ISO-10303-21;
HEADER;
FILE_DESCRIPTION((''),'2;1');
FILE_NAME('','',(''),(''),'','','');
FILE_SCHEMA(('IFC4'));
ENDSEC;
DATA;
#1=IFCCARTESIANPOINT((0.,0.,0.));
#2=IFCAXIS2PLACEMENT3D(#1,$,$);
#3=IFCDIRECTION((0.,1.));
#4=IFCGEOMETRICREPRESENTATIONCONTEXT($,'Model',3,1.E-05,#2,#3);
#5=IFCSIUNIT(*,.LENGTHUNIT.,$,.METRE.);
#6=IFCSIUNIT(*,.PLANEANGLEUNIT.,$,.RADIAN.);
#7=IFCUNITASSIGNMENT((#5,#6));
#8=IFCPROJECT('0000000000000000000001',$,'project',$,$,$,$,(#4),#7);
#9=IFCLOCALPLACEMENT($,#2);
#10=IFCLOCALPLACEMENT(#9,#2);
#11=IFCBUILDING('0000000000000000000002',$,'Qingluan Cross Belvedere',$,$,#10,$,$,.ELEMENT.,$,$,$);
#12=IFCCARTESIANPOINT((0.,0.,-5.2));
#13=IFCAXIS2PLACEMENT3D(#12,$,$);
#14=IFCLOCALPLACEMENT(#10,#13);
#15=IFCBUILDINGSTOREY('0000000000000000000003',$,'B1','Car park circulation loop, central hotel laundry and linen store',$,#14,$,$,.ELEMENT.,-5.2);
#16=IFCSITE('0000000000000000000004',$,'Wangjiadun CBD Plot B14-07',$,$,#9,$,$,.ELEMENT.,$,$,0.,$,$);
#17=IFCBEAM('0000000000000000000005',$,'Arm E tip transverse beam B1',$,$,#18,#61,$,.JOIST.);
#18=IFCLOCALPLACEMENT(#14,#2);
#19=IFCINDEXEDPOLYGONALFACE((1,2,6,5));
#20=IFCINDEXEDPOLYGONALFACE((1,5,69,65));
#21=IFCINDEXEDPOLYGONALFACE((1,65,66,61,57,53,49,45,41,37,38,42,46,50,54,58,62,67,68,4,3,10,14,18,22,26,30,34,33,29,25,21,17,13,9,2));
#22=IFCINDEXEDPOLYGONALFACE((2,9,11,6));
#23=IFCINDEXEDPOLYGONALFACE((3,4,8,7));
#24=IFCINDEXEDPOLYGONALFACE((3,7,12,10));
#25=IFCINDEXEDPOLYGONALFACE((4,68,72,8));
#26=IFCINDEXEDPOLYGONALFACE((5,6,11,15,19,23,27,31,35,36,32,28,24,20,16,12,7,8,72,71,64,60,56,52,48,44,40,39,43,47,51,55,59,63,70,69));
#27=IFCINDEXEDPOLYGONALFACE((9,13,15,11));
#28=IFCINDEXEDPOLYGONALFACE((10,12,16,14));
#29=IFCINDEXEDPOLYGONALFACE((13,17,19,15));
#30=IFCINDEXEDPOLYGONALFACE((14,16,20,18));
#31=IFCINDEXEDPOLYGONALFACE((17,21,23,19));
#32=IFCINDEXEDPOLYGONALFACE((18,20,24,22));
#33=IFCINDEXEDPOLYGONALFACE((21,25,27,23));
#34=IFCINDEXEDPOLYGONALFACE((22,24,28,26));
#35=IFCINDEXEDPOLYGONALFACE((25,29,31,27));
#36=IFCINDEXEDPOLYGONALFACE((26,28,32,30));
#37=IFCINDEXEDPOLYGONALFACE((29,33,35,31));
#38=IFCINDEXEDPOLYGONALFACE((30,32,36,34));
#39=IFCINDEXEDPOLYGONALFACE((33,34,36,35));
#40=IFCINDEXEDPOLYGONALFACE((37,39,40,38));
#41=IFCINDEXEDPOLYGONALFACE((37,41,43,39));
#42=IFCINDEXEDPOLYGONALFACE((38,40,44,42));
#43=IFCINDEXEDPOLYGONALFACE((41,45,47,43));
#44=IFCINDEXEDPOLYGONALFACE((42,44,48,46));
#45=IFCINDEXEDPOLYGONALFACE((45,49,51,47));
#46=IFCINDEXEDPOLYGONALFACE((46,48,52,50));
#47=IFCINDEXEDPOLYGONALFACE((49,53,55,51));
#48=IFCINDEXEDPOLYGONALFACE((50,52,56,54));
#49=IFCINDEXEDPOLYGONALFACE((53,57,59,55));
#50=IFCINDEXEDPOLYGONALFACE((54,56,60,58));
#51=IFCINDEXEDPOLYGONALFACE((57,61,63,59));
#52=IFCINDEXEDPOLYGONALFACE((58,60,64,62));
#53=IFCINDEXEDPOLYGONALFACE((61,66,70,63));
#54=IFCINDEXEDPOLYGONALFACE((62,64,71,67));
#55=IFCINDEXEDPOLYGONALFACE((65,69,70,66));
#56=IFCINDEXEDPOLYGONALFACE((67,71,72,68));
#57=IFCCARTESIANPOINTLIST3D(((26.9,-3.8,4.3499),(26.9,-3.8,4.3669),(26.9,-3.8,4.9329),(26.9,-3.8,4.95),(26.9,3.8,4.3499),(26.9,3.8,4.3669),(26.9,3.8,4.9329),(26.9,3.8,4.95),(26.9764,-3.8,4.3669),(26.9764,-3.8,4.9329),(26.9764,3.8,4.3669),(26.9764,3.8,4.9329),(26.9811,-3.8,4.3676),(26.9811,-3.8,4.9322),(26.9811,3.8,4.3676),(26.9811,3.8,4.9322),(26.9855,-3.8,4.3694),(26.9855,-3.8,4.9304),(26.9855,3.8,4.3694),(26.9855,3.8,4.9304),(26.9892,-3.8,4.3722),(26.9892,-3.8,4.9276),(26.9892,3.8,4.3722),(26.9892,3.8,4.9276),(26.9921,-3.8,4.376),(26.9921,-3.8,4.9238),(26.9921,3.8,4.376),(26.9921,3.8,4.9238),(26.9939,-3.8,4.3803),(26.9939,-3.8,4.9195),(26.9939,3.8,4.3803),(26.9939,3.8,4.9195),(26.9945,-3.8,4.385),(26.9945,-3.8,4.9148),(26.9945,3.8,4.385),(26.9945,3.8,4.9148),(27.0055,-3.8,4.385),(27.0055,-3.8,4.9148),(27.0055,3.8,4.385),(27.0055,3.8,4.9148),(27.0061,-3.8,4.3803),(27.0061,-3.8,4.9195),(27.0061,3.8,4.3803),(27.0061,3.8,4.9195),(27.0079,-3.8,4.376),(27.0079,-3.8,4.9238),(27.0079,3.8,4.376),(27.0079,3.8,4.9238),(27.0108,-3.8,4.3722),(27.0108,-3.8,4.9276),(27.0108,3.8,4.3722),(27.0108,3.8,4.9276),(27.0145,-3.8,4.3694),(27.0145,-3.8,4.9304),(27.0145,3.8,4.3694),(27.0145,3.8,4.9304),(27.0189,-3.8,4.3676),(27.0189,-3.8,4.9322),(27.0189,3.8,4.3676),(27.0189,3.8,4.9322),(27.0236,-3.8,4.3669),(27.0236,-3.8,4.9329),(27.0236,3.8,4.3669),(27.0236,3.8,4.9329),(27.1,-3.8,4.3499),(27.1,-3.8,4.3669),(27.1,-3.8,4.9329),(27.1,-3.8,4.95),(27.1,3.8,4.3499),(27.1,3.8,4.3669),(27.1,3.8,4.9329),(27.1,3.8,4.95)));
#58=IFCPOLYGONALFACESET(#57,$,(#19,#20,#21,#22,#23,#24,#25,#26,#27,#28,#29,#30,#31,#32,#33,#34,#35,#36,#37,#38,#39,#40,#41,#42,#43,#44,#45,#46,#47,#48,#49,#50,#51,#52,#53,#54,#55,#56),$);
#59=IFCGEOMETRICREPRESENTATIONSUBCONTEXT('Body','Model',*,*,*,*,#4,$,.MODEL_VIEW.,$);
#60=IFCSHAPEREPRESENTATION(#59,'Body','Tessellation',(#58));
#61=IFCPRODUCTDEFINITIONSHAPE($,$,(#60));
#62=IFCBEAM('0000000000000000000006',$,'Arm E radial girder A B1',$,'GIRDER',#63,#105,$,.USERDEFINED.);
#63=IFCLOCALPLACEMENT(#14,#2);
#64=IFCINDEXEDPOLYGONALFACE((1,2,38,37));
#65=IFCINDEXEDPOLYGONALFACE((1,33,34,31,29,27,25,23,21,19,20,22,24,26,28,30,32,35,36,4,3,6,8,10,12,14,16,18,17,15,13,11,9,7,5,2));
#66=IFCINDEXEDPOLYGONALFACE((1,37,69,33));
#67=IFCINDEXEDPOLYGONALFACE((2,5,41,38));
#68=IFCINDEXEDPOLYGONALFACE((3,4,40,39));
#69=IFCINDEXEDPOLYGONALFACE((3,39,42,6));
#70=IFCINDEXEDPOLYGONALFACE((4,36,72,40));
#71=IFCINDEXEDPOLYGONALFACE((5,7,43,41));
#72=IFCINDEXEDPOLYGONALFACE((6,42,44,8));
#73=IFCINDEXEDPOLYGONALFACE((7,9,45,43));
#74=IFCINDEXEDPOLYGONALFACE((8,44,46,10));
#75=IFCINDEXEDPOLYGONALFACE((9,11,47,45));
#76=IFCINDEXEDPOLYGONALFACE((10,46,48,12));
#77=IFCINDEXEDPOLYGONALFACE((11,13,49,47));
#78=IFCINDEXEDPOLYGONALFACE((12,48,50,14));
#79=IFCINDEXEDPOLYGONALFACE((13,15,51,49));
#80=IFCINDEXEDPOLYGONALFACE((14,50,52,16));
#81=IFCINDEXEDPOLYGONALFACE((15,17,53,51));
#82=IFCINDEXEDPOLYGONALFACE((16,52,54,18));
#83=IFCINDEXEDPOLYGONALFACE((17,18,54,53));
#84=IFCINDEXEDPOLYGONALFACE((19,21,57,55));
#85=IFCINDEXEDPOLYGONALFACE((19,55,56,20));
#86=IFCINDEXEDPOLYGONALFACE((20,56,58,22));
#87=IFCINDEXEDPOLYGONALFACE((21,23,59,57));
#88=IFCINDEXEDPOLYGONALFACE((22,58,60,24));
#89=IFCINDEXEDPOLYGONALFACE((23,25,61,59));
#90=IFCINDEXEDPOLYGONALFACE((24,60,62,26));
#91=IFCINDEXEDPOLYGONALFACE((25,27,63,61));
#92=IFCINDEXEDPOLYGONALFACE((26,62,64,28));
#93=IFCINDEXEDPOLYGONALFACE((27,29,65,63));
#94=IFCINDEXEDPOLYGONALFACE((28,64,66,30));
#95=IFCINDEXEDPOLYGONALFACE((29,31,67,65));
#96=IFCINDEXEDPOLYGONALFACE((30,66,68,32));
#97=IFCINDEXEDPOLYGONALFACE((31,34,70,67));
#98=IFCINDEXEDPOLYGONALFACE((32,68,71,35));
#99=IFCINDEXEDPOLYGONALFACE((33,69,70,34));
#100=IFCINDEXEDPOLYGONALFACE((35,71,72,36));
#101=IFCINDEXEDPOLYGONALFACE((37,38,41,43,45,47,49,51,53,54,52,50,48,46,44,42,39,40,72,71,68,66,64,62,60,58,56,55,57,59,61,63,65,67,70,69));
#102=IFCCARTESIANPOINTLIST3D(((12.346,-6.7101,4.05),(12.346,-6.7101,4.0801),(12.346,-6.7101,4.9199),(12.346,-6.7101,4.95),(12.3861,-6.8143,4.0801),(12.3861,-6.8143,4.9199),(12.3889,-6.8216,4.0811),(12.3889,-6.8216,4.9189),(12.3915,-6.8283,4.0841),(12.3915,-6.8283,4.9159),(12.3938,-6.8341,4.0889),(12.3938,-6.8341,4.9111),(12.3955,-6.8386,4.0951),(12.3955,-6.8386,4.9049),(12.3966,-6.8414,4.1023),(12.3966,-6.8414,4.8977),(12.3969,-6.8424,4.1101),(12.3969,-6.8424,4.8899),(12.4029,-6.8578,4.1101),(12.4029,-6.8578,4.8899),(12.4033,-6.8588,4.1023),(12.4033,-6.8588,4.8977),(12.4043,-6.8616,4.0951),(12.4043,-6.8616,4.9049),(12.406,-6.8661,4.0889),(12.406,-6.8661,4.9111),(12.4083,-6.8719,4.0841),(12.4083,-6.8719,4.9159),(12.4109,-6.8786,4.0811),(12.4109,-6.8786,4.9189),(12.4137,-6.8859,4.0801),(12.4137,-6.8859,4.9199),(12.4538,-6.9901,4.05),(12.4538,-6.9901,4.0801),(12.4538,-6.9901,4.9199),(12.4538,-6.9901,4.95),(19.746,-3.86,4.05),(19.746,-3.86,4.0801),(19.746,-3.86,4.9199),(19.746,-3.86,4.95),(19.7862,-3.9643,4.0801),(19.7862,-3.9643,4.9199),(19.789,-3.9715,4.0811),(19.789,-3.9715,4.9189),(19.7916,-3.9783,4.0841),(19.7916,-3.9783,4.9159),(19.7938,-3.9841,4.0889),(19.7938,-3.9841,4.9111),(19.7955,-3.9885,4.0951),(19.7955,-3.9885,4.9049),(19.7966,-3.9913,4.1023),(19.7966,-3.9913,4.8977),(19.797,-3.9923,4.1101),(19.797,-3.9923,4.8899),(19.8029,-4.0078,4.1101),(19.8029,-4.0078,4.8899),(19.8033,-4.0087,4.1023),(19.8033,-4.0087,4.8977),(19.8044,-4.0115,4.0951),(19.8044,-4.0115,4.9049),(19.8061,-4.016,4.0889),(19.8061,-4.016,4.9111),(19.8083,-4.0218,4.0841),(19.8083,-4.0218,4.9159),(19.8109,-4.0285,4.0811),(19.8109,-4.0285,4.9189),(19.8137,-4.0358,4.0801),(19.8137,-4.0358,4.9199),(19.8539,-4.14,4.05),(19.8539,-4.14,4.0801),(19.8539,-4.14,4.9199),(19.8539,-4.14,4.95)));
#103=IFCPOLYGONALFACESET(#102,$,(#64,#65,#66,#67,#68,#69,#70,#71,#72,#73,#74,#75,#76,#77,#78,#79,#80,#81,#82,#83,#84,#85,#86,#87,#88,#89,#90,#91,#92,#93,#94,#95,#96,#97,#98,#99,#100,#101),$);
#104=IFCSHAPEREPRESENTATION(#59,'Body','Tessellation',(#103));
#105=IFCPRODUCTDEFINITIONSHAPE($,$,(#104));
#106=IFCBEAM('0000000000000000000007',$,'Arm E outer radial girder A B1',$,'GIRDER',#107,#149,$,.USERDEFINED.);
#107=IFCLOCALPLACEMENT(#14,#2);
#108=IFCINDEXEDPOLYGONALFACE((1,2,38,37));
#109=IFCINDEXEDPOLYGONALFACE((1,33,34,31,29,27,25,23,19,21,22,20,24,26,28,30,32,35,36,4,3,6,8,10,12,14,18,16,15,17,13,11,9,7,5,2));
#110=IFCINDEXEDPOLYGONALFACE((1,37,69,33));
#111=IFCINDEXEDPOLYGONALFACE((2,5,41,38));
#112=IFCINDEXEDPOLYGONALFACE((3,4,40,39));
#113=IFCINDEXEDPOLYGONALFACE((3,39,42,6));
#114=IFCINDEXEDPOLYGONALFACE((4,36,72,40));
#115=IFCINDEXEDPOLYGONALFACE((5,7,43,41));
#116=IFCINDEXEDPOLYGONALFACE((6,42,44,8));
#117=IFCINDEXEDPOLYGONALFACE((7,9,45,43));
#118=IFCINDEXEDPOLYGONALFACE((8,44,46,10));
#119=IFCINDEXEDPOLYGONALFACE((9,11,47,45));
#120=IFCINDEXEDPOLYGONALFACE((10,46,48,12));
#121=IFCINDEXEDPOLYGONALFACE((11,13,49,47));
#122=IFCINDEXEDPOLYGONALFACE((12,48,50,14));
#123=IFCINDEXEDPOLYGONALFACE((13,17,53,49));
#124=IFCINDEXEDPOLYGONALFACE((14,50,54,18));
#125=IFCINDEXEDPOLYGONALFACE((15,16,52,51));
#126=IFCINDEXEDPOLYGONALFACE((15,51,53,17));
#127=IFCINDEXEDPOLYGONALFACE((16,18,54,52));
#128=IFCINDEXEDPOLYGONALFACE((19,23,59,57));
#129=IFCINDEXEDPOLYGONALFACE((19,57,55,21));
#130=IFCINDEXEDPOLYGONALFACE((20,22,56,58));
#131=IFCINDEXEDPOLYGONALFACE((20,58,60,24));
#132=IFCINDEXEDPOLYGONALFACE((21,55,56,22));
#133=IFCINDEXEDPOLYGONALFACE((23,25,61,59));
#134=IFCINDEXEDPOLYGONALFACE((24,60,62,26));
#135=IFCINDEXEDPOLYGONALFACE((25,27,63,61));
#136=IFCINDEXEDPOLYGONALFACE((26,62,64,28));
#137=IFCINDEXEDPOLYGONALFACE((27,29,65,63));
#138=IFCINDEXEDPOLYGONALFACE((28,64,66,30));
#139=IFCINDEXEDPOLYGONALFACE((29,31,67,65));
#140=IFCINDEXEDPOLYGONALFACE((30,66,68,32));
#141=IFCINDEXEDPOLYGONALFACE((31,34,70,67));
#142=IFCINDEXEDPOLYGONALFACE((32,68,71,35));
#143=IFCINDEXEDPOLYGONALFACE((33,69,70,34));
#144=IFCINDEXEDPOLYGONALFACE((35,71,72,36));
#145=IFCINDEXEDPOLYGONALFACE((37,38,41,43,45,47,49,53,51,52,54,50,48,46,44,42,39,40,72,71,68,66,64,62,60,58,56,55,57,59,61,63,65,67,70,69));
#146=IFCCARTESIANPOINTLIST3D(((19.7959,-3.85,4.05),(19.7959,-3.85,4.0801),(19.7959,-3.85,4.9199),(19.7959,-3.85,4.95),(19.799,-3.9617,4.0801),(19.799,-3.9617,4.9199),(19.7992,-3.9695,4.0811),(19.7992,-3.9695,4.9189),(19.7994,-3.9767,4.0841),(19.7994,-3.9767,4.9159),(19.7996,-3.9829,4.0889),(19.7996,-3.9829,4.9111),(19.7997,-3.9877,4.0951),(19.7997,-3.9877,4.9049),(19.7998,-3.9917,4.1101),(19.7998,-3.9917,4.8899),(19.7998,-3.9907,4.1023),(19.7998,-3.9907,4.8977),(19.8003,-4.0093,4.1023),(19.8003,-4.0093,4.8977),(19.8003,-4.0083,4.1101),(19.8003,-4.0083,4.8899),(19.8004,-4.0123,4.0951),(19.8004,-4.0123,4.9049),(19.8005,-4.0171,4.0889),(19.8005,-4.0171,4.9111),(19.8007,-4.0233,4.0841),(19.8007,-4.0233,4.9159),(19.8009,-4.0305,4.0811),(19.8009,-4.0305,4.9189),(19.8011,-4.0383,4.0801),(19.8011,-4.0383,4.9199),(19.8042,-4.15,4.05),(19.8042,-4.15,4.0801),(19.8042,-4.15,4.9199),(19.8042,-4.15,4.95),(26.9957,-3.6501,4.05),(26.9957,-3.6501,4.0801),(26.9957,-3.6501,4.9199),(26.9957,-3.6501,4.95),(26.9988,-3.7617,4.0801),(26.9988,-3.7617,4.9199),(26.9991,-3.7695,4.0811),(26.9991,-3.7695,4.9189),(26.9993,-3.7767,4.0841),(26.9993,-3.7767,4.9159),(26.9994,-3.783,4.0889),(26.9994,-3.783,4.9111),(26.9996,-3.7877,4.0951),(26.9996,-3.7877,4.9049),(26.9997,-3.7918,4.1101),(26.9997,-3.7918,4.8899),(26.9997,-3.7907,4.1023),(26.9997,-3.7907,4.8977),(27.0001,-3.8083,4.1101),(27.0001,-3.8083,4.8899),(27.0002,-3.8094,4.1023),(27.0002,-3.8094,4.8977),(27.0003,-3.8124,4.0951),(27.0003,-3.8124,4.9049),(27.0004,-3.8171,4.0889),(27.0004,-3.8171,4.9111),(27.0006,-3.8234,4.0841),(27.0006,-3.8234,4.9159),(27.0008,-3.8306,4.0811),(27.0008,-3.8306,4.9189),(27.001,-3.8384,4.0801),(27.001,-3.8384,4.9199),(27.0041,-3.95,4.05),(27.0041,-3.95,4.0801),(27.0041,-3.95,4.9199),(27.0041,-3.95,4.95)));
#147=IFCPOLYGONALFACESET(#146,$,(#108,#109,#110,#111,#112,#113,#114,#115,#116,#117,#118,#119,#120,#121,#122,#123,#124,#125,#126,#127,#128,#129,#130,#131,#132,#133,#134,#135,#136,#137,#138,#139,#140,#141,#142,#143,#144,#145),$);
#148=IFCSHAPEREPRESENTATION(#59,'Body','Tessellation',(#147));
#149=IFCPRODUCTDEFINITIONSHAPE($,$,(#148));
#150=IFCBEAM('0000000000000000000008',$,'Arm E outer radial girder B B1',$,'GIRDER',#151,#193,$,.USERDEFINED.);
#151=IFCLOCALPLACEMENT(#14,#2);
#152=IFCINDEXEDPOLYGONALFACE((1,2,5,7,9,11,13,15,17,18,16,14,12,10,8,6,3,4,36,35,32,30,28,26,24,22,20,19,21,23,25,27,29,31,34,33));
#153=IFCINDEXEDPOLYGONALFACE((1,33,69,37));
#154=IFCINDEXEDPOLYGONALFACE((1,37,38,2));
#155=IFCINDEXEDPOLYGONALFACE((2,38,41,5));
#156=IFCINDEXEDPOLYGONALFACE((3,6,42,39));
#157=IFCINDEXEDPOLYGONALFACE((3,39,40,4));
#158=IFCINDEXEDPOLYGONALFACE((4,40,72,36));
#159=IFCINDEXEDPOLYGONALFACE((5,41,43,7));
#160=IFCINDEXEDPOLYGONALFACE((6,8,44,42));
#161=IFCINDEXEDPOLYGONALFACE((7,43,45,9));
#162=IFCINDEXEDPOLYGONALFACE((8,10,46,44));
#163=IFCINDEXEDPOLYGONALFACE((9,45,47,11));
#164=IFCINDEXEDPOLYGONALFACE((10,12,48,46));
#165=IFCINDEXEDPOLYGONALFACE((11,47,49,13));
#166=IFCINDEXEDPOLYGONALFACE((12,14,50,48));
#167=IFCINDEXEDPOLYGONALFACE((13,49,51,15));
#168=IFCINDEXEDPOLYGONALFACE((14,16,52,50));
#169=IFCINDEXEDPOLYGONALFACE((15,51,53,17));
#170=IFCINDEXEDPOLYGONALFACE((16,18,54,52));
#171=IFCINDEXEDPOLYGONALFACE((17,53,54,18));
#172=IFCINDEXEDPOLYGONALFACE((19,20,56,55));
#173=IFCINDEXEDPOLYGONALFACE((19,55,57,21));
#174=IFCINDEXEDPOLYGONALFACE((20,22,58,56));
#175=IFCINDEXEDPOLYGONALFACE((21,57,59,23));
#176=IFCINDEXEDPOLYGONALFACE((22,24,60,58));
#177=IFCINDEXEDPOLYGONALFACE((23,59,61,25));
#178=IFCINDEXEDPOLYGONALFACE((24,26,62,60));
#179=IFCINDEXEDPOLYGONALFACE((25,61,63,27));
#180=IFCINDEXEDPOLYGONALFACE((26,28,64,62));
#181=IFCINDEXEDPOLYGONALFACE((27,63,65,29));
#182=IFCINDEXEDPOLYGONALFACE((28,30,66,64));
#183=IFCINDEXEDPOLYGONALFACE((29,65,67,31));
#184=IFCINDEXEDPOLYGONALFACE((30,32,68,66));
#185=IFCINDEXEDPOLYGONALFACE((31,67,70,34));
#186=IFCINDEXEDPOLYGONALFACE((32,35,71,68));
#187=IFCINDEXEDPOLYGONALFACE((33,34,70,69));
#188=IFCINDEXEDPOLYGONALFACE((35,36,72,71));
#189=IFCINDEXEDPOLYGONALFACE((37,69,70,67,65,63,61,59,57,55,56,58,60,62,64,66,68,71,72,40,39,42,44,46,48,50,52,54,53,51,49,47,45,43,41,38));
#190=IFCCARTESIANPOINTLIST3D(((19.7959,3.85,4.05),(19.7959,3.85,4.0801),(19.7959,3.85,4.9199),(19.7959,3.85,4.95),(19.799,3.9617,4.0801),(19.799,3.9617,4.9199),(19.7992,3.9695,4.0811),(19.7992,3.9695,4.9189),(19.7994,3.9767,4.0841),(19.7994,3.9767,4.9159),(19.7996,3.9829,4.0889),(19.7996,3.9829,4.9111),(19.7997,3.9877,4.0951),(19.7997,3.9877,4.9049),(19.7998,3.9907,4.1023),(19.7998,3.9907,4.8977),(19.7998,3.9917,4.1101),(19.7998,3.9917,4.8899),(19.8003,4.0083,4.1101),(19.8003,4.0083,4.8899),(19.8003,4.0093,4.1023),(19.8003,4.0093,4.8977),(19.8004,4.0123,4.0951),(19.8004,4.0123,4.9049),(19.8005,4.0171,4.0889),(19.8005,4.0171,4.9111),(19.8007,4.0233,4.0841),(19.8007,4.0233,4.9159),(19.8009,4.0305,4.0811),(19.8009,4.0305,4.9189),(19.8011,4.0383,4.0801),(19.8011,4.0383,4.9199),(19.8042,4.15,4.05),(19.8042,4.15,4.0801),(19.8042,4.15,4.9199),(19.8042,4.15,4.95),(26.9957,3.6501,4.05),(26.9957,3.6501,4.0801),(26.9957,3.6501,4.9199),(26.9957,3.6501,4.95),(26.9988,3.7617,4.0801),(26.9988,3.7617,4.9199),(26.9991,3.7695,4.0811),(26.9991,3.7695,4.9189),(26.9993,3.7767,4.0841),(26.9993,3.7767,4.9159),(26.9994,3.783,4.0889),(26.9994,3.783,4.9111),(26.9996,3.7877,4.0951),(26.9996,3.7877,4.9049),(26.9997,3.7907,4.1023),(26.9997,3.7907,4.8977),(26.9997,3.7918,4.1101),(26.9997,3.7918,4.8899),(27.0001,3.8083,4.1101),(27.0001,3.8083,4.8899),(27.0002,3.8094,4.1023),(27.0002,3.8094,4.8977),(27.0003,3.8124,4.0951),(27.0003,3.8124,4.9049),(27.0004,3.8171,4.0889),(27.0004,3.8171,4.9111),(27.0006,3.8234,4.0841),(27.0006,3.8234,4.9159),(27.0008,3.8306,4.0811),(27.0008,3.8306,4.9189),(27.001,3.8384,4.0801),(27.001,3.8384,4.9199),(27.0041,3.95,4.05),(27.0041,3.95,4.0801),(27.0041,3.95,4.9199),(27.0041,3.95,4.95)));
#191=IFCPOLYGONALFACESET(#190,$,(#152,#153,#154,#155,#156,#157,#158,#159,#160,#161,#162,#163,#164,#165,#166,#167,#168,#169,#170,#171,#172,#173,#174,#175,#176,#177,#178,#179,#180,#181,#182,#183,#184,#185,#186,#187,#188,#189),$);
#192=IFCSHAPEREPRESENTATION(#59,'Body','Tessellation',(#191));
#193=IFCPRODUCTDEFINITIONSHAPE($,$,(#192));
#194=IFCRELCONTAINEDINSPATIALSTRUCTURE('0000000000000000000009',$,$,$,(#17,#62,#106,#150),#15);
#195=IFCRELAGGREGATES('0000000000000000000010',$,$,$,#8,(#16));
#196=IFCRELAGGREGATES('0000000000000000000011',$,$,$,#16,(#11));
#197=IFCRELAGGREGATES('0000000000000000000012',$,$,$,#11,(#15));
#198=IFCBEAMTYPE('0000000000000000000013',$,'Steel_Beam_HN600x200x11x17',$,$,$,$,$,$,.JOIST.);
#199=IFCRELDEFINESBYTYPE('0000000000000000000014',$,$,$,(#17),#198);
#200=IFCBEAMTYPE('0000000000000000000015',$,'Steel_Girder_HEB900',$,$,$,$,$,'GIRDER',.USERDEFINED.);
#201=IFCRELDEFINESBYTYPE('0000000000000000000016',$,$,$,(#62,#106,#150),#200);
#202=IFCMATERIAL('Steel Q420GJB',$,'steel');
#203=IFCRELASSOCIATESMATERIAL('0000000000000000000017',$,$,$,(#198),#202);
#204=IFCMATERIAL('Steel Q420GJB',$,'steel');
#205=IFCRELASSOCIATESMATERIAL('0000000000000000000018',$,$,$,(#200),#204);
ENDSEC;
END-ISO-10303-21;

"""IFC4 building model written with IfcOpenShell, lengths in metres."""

from ifc_helpers import new_model, si_unit, direction, frame, origin, origin_2d, place, context, subcontext, project, spatial, i_section, extrude, material, material_profile, profile_set, type_object, element, save


model = new_model("IFC4")

# Units and contexts
model_context = context("Model", 3, precision=1e-05, world=origin(), true_north=direction((0.0, 1.0)))
body_context = subcontext(model_context, "Body", "Model", "MODEL_VIEW")
ifc_project = project(units=[si_unit("LENGTHUNIT", "METRE"), si_unit("PLANEANGLEUNIT", "RADIAN")], contexts=[model_context])

# Site, building, storey
site_placement = place(None, origin())
site = spatial("IfcSite", under=ifc_project, at=site_placement, Name="Wangjiadun CBD Plot B14-07", CompositionType="ELEMENT", RefElevation=0.0)
building_placement = place(site_placement, origin())
building = spatial("IfcBuilding", under=site, at=building_placement, Name="Qingluan Cross Belvedere", CompositionType="ELEMENT")
storey_placement = place(building_placement, frame((0.0, 0.0, -5.2)))
storey = spatial("IfcBuildingStorey", under=building, at=storey_placement, Name="B1", Description="Car park circulation loop, central hotel laundry and linen store", CompositionType="ELEMENT", Elevation=-5.2)

# Beams
ifc_material_1 = material(Name="Steel Q420GJB", Category="steel")
ifc_material_profile_1 = material_profile(ifc_material_1, i_section(OverallWidth=0.2, OverallDepth=0.6001, WebThickness=0.011, FlangeThickness=0.0171, FilletRadius=0.0181, at=origin_2d()), Name="HN600x200x11x17")
ifc_profile_set_1 = profile_set([ifc_material_profile_1], Name="Steel Q420GJB")
beam_type_1 = type_object("IfcBeamType", Name="Steel_Beam_HN600x200x11x17", PredefinedType="JOIST", material=ifc_profile_set_1)
beam_1_placement = place(storey_placement, frame((27.0, -3.8, 4.6499), z_axis=(0.0, 1.0, 0.0), x_axis=(-1.0, 0.0, 0.0)))
element("IfcBeam", 1, at=beam_1_placement, inside=storey, type_object=beam_type_1, Name="Arm E tip transverse beam B1", PredefinedType="JOIST", context=body_context, shape_type="SweptSolid", body=[
    extrude(i_section(OverallWidth=0.2, OverallDepth=0.6001, WebThickness=0.011, FlangeThickness=0.0171, FilletRadius=0.0181, at=origin_2d()), origin(), (0.0, 0.0, 1.0), 7.6001),
])
ifc_material_2 = material(Name="Steel Q420GJB", Category="steel")
ifc_material_profile_2 = material_profile(ifc_material_2, i_section(OverallWidth=0.3, OverallDepth=0.8999, WebThickness=0.0166, FlangeThickness=0.03, FilletRadius=0.03, at=origin_2d()), Name="HEB900")
ifc_profile_set_2 = profile_set([ifc_material_profile_2], Name="Steel Q420GJB")
beam_type_2 = type_object("IfcBeamType", Name="Steel_Girder_HEB900", ElementType="GIRDER", PredefinedType="USERDEFINED", material=ifc_profile_set_2)
beam_2_placement = place(storey_placement, frame((12.3999, -6.8501, 4.5), z_axis=(0.933181, 0.359406, 0.0), x_axis=(-0.359406, 0.933181, 0.0)))
element("IfcBeam", 2, at=beam_2_placement, inside=storey, type_object=beam_type_2, Name="Arm E radial girder A B1", ObjectType="GIRDER", PredefinedType="USERDEFINED", context=body_context, shape_type="SweptSolid", body=[
    extrude(i_section(OverallWidth=0.3, OverallDepth=0.8999, WebThickness=0.0166, FlangeThickness=0.03, FilletRadius=0.03, at=origin_2d()), origin(), (0.0, 0.0, 1.0), 7.9299),
])
for number, where, z_axis, x_axis, name in (
    (3, (19.8, -4.0, 4.5), (0.999615, 0.02776, 0.0), (-0.02776, 0.999615, 0.0), "Arm E outer radial girder A B1"),
    (4, (19.8, 4.0, 4.5), (0.999615, -0.02776, 0.0), (0.02776, 0.999615, 0.0), "Arm E outer radial girder B B1"),
):
    element("IfcBeam", number, at=place(storey_placement, frame(where, z_axis=z_axis, x_axis=x_axis)), inside=storey, type_object=beam_type_2, Name=name, ObjectType="GIRDER", PredefinedType="USERDEFINED", context=body_context, shape_type="SweptSolid", body=[
        extrude(i_section(OverallWidth=0.3, OverallDepth=0.8999, WebThickness=0.0166, FlangeThickness=0.03, FilletRadius=0.03, at=origin_2d()), origin(), (0.0, 0.0, 1.0), 7.2026),
    ])

save(model, "model.ifc")
